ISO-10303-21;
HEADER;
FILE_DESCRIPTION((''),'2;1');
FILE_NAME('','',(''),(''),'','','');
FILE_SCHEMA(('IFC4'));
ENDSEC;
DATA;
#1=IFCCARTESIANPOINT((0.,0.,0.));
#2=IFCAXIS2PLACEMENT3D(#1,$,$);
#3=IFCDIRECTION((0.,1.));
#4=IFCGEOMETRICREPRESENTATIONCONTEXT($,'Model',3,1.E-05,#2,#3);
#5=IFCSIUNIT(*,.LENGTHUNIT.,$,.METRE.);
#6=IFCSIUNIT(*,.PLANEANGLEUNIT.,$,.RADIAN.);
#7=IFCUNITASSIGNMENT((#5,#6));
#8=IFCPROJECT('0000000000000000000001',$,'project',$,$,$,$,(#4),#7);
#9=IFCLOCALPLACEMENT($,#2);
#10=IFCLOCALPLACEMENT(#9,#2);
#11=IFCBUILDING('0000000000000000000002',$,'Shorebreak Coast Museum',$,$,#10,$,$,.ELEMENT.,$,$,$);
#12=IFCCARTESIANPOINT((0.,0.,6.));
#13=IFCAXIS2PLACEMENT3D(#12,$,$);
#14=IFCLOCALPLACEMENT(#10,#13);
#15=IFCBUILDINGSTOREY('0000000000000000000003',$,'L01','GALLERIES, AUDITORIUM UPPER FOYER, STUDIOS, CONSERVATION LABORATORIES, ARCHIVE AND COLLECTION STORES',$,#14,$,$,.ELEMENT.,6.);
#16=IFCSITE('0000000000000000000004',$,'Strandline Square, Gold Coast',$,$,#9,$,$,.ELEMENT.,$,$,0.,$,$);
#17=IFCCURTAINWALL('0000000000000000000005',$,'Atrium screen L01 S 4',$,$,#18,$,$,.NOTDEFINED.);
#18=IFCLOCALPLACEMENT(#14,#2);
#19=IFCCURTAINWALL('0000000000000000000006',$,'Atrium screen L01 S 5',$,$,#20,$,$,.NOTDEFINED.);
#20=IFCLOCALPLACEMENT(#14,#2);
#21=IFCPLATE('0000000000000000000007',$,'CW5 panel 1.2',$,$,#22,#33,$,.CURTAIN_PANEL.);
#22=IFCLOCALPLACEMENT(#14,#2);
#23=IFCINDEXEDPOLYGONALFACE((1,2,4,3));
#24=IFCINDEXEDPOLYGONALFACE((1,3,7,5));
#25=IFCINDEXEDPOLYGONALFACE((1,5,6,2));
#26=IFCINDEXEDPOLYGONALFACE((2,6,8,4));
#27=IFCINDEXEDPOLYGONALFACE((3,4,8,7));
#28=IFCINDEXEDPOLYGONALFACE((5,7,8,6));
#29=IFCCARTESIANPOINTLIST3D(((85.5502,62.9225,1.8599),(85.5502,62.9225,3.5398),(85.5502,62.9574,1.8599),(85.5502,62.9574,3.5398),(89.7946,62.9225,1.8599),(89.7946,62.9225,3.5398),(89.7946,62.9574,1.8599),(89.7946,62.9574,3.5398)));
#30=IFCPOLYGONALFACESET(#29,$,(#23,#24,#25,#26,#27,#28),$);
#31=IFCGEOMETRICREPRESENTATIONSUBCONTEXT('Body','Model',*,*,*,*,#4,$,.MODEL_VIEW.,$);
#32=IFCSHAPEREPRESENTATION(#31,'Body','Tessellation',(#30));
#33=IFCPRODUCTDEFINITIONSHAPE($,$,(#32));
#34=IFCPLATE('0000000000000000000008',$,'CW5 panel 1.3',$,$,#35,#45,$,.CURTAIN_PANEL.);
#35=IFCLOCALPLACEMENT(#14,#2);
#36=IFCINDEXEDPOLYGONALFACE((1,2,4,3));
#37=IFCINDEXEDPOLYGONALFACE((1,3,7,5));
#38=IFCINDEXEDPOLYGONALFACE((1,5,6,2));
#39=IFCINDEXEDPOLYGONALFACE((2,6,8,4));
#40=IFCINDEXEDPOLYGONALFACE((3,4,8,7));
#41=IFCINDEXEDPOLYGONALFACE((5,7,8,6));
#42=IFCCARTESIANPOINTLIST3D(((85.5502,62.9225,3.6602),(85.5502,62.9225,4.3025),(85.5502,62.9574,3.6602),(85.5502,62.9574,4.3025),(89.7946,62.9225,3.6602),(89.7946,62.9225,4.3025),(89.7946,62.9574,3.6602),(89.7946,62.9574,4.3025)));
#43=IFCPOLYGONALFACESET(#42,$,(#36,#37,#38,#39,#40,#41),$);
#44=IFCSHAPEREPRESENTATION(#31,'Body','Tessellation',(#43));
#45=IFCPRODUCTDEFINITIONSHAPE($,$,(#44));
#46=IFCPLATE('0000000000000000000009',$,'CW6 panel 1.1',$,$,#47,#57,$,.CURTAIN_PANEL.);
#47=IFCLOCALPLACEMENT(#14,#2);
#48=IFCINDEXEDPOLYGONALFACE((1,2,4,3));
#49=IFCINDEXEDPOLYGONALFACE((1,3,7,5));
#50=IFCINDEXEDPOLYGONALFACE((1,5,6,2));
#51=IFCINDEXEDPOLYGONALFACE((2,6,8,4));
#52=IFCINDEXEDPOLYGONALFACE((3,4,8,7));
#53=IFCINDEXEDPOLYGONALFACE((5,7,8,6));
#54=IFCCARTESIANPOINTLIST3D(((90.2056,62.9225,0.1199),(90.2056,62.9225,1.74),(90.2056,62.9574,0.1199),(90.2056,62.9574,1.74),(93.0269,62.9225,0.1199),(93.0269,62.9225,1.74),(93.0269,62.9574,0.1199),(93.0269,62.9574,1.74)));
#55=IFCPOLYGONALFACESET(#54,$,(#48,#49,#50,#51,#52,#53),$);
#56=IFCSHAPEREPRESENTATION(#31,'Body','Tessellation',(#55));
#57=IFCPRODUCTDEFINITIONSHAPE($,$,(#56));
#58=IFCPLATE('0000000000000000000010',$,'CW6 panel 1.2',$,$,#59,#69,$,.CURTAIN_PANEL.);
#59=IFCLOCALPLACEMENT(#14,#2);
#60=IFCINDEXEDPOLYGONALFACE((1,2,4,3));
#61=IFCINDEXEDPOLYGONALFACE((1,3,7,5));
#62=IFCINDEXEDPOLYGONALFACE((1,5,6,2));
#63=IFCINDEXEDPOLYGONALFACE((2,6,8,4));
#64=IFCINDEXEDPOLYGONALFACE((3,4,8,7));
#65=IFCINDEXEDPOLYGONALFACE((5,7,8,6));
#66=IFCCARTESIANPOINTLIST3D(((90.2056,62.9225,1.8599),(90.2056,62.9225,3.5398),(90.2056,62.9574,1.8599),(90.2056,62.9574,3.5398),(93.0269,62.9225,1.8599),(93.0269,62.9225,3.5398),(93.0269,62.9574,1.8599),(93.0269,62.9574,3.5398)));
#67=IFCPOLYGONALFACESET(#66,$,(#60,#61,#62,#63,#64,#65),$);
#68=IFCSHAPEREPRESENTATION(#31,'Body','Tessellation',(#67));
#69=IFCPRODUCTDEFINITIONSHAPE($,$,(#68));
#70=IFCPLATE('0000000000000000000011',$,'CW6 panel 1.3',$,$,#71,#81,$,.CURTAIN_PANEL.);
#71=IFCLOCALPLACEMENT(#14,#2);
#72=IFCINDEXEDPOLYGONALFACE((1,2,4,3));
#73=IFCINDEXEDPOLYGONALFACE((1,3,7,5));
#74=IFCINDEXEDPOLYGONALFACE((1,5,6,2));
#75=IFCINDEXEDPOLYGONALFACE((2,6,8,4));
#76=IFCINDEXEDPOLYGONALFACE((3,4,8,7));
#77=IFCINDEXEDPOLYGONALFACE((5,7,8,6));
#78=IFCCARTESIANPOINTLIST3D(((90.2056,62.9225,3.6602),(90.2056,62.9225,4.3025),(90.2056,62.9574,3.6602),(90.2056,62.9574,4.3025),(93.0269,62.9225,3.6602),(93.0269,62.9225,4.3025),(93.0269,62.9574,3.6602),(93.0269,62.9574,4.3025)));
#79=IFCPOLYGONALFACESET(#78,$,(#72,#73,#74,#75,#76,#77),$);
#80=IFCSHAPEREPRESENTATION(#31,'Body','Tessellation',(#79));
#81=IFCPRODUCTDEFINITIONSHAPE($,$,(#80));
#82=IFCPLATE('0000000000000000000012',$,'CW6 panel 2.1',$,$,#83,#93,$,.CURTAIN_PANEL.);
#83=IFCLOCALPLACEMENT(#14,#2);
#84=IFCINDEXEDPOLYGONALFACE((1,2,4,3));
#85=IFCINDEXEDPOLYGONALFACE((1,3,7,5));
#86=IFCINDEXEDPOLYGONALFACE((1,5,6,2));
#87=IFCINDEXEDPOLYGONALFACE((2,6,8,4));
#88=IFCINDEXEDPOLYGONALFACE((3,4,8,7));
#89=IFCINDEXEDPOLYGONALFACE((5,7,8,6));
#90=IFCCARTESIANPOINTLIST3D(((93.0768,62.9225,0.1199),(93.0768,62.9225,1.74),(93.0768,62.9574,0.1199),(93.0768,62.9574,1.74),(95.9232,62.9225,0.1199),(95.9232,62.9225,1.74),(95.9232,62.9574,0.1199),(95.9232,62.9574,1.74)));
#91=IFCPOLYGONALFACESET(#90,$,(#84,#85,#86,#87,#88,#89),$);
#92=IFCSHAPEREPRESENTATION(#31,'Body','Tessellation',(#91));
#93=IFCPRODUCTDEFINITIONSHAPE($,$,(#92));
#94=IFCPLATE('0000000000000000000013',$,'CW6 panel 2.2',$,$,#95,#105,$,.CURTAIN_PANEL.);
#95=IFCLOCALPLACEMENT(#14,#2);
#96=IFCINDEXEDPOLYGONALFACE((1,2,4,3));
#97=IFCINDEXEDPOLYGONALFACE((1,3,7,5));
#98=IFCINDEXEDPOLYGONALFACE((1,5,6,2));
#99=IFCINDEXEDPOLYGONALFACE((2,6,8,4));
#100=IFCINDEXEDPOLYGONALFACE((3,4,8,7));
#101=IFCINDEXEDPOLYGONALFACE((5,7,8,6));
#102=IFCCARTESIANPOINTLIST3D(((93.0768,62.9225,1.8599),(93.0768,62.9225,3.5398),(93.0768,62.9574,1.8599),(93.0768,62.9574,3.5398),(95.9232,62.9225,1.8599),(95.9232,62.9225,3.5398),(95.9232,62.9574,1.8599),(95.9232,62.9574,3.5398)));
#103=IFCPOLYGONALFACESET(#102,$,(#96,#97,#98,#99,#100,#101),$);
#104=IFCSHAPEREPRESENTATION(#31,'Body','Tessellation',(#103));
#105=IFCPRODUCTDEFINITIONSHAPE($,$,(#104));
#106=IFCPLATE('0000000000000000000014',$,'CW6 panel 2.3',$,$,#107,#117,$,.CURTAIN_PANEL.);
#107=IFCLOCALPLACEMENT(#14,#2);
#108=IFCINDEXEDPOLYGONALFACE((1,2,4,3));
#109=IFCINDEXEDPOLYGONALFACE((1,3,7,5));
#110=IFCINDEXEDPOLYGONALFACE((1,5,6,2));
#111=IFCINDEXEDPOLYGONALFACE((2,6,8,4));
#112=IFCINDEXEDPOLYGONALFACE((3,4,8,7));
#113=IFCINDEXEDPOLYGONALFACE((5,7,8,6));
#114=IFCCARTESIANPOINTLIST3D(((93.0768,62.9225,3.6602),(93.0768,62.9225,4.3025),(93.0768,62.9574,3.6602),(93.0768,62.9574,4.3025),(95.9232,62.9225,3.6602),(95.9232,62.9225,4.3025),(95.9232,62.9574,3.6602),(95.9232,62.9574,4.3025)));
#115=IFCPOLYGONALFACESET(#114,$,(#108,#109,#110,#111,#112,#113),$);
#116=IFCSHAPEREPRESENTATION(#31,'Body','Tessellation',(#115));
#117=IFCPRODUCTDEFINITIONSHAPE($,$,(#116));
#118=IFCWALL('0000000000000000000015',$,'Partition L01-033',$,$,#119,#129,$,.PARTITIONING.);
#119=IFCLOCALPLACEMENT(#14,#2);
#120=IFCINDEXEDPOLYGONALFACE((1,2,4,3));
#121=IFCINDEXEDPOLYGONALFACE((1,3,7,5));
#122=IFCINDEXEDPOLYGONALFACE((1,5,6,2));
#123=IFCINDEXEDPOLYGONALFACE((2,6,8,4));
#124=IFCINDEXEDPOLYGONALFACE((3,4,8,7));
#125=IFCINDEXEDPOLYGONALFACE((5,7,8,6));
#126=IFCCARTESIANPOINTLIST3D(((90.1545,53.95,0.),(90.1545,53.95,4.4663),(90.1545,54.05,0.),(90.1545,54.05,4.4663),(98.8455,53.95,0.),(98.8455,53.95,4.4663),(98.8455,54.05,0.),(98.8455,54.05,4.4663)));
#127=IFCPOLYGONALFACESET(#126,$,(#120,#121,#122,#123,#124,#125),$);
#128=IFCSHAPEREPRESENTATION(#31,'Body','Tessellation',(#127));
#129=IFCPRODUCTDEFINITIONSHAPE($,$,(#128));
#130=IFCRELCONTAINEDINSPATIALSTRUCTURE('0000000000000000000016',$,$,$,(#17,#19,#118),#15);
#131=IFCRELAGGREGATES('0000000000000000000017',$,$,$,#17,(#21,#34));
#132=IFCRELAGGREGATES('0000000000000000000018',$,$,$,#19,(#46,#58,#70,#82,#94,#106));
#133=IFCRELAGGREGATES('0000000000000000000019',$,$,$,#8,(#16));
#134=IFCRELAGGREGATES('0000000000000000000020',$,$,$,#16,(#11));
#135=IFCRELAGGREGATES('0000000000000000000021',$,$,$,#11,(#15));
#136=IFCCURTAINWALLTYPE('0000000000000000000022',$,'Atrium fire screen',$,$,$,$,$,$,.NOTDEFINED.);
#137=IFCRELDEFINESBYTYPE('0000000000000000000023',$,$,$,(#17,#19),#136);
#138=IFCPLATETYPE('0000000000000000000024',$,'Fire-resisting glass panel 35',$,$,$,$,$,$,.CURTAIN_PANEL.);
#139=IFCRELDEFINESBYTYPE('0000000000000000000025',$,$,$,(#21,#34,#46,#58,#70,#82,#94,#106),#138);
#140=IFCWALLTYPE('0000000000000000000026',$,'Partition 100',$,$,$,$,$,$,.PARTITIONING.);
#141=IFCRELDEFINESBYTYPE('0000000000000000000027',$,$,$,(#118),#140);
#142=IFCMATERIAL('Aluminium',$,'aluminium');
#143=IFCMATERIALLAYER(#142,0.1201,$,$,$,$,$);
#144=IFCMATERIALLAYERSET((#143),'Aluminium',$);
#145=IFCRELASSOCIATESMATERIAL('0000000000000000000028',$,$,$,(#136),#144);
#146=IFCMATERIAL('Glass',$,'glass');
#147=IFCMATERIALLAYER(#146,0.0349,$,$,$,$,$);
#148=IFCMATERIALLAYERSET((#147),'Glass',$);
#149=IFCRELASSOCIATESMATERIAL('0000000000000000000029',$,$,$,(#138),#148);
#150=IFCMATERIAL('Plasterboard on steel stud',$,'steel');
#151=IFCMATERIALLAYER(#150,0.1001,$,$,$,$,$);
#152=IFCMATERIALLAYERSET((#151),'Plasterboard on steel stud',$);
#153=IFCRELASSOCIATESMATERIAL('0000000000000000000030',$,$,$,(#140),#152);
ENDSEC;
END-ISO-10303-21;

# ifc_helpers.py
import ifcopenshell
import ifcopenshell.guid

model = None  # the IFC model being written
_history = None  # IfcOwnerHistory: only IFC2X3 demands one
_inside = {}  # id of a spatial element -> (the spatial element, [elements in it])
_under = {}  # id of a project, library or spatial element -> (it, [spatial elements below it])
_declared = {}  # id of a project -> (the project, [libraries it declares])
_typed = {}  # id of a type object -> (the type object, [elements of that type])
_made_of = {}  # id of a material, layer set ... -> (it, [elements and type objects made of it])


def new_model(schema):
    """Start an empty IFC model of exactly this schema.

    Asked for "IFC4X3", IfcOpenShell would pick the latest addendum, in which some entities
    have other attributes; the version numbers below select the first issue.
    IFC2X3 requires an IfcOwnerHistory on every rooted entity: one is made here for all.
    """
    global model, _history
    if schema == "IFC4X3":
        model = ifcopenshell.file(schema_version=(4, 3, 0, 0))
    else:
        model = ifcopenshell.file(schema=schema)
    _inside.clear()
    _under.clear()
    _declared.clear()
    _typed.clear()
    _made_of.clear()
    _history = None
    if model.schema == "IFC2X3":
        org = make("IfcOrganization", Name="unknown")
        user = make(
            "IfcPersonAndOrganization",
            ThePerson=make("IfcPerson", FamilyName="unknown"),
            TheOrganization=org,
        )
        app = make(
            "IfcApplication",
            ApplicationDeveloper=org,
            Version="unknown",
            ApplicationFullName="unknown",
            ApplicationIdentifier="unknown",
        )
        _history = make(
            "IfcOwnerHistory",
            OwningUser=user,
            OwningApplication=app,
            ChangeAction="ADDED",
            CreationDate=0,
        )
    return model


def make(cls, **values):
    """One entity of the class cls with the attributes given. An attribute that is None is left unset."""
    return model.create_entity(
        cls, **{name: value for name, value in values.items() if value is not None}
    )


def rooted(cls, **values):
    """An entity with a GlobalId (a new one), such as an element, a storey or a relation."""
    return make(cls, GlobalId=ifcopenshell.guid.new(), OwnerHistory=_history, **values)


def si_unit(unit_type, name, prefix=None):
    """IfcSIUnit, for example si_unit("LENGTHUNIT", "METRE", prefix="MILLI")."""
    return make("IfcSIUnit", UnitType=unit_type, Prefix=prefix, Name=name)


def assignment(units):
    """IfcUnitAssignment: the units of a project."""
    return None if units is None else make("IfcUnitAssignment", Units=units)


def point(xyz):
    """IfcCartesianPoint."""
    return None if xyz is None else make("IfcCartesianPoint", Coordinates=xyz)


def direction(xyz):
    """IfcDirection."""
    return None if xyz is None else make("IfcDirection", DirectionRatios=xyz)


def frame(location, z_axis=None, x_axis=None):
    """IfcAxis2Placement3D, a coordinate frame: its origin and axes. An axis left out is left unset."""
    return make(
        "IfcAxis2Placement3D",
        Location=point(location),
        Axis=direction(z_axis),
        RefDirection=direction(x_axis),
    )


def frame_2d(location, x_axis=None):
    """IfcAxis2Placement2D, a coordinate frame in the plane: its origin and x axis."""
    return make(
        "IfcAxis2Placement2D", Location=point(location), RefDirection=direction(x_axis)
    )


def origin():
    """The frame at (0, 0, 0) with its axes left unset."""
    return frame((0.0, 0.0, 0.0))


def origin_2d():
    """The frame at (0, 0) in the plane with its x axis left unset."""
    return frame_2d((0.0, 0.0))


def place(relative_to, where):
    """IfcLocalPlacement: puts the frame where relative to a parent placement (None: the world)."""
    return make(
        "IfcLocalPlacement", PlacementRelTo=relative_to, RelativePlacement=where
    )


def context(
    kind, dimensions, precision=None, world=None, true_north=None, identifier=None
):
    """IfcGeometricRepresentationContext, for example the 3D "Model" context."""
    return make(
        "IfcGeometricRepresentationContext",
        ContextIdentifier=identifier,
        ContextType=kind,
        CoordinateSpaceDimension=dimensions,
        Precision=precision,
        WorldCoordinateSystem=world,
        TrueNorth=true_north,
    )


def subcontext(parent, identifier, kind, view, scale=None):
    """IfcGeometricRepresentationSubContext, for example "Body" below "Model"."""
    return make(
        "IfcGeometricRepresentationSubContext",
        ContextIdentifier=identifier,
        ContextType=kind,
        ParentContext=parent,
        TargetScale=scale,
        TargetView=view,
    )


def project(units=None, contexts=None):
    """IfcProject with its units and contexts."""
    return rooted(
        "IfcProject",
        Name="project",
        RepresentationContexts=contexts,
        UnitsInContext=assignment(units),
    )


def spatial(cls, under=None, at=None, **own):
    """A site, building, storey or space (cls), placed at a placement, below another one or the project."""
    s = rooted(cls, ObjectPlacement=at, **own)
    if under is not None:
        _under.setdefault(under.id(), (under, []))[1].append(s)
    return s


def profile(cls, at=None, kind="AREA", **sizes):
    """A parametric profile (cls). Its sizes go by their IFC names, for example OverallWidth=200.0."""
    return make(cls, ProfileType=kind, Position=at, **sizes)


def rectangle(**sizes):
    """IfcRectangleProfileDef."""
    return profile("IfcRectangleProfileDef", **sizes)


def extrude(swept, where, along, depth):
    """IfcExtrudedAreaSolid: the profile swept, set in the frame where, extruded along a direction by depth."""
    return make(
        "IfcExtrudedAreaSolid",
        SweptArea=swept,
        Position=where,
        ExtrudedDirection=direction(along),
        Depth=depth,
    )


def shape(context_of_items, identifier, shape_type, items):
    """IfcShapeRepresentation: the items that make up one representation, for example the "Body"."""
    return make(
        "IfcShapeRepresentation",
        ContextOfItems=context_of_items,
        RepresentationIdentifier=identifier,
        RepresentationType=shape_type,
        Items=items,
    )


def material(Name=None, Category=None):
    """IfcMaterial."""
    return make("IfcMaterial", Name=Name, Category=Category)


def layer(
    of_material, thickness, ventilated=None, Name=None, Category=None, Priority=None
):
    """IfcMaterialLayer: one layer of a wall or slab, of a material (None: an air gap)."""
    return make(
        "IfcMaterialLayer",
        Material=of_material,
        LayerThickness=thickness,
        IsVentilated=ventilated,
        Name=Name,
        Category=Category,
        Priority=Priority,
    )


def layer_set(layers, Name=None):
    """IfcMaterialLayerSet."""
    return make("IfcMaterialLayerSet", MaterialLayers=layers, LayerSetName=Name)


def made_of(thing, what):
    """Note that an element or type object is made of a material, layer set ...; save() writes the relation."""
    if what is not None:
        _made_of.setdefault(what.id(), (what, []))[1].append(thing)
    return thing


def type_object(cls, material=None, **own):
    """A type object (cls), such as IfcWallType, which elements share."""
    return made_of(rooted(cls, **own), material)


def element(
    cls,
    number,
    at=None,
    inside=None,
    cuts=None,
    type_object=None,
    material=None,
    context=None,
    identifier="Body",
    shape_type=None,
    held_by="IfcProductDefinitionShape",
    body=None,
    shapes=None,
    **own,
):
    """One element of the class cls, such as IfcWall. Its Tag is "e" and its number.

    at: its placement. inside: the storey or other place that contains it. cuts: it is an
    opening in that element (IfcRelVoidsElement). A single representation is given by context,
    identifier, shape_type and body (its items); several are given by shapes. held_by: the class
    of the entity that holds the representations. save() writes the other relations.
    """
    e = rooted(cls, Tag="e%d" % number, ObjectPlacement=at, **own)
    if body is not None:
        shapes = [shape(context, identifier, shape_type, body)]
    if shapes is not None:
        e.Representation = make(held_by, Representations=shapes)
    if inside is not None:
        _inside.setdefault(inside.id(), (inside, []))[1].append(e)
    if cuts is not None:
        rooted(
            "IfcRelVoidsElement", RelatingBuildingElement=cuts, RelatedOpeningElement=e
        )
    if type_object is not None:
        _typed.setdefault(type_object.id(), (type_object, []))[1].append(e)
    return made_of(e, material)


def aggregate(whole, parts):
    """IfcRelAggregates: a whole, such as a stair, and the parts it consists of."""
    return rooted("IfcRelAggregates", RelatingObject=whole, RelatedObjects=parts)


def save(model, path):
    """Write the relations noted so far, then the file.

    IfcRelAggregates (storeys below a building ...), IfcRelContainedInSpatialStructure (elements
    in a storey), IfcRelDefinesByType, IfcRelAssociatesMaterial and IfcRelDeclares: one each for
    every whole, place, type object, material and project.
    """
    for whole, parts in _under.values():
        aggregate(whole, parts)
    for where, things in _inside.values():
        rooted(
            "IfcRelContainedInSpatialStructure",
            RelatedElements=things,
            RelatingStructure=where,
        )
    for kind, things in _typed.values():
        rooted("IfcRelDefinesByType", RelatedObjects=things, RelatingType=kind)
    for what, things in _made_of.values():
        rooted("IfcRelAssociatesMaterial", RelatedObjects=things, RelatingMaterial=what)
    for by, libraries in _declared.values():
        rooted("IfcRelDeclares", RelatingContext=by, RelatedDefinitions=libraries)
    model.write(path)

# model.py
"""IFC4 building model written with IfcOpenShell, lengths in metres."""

from ifc_helpers import new_model, si_unit, direction, frame, frame_2d, origin, origin_2d, place, context, subcontext, project, spatial, rectangle, extrude, material, layer, layer_set, type_object, element, aggregate, save


model = new_model("IFC4")

# Units and contexts
model_context = context("Model", 3, precision=1e-05, world=origin(), true_north=direction((0.0, 1.0)))
body_context = subcontext(model_context, "Body", "Model", "MODEL_VIEW")
ifc_project = project(units=[si_unit("LENGTHUNIT", "METRE"), si_unit("PLANEANGLEUNIT", "RADIAN")], contexts=[model_context])

# Site, building, storey
site_placement = place(None, origin())
site = spatial("IfcSite", under=ifc_project, at=site_placement, Name="Strandline Square, Gold Coast", CompositionType="ELEMENT", RefElevation=0.0)
building_placement = place(site_placement, origin())
building = spatial("IfcBuilding", under=site, at=building_placement, Name="Shorebreak Coast Museum", CompositionType="ELEMENT")
storey_placement = place(building_placement, frame((0.0, 0.0, 6.0)))
storey = spatial("IfcBuildingStorey", under=building, at=storey_placement, Name="L01", Description="GALLERIES, AUDITORIUM UPPER FOYER, STUDIOS, CONSERVATION LABORATORIES, ARCHIVE AND COLLECTION STORES", CompositionType="ELEMENT", Elevation=6.0)

# Curtain walls
ifc_material_1 = material(Name="Aluminium", Category="aluminium")
ifc_layer_1 = layer(ifc_material_1, 0.1201)
ifc_layer_set_1 = layer_set([ifc_layer_1], Name="Aluminium")
curtain_wall_type = type_object("IfcCurtainWallType", Name="Atrium fire screen", PredefinedType="NOTDEFINED", material=ifc_layer_set_1)
curtain_wall_1_placement = place(storey_placement, origin())
curtain_wall_1 = element("IfcCurtainWall", 1, at=curtain_wall_1_placement, inside=storey, type_object=curtain_wall_type, Name="Atrium screen L01 S 4", PredefinedType="NOTDEFINED")
curtain_wall_2_placement = place(storey_placement, origin())
curtain_wall_2 = element("IfcCurtainWall", 2, at=curtain_wall_2_placement, inside=storey, type_object=curtain_wall_type, Name="Atrium screen L01 S 5", PredefinedType="NOTDEFINED")

# Plates
ifc_material_2 = material(Name="Glass", Category="glass")
ifc_layer_2 = layer(ifc_material_2, 0.0349)
ifc_layer_set_2 = layer_set([ifc_layer_2], Name="Glass")
plate_type = type_object("IfcPlateType", Name="Fire-resisting glass panel 35", PredefinedType="CURTAIN_PANEL", material=ifc_layer_set_2)
plate_1_placement = place(storey_placement, frame((87.6724, 62.9399, 1.8599), z_axis=(0.0, 0.0, 1.0), x_axis=(1.0, 0.0, 0.0)))
plate_1 = element("IfcPlate", 3, at=plate_1_placement, type_object=plate_type, Name="CW5 panel 1.2", PredefinedType="CURTAIN_PANEL", context=body_context, shape_type="SweptSolid", body=[
    extrude(rectangle(XDim=4.2444, YDim=0.0349, at=origin_2d()), origin(), (0.0, 0.0, 1.0), 1.6799),
])
plate_2_placement = place(storey_placement, frame((87.6724, 62.9399, 3.6602), z_axis=(0.0, 0.0, 1.0), x_axis=(1.0, 0.0, 0.0)))
plate_2 = element("IfcPlate", 4, at=plate_2_placement, type_object=plate_type, Name="CW5 panel 1.3", PredefinedType="CURTAIN_PANEL", context=body_context, shape_type="SweptSolid", body=[
    extrude(rectangle(XDim=4.2444, YDim=0.0349, at=origin_2d()), origin(), (0.0, 0.0, 1.0), 0.6423),
])
aggregate(curtain_wall_1, [plate_1, plate_2])
plate_3_placement = place(storey_placement, frame((91.6162, 62.9399, 0.1199), z_axis=(0.0, 0.0, 1.0), x_axis=(1.0, 0.0, 0.0)))
plate_3 = element("IfcPlate", 5, at=plate_3_placement, type_object=plate_type, Name="CW6 panel 1.1", PredefinedType="CURTAIN_PANEL", context=body_context, shape_type="SweptSolid", body=[
    extrude(rectangle(XDim=2.8213, YDim=0.0349, at=origin_2d()), origin(), (0.0, 0.0, 1.0), 1.6201),
])
plate_4_placement = place(storey_placement, frame((91.6162, 62.9399, 1.8599), z_axis=(0.0, 0.0, 1.0), x_axis=(1.0, 0.0, 0.0)))
plate_4 = element("IfcPlate", 6, at=plate_4_placement, type_object=plate_type, Name="CW6 panel 1.2", PredefinedType="CURTAIN_PANEL", context=body_context, shape_type="SweptSolid", body=[
    extrude(rectangle(XDim=2.8213, YDim=0.0349, at=origin_2d()), origin(), (0.0, 0.0, 1.0), 1.6799),
])
plate_5_placement = place(storey_placement, frame((91.6162, 62.9399, 3.6602), z_axis=(0.0, 0.0, 1.0), x_axis=(1.0, 0.0, 0.0)))
plate_5 = element("IfcPlate", 7, at=plate_5_placement, type_object=plate_type, Name="CW6 panel 1.3", PredefinedType="CURTAIN_PANEL", context=body_context, shape_type="SweptSolid", body=[
    extrude(rectangle(XDim=2.8213, YDim=0.0349, at=origin_2d()), origin(), (0.0, 0.0, 1.0), 0.6423),
])
plate_6_placement = place(storey_placement, frame((94.5, 62.9399, 0.1199), z_axis=(0.0, 0.0, 1.0), x_axis=(1.0, 0.0, 0.0)))
plate_6 = element("IfcPlate", 8, at=plate_6_placement, type_object=plate_type, Name="CW6 panel 2.1", PredefinedType="CURTAIN_PANEL", context=body_context, shape_type="SweptSolid", body=[
    extrude(rectangle(XDim=2.8464, YDim=0.0349, at=origin_2d()), origin(), (0.0, 0.0, 1.0), 1.6201),
])
plate_7_placement = place(storey_placement, frame((94.5, 62.9399, 1.8599), z_axis=(0.0, 0.0, 1.0), x_axis=(1.0, 0.0, 0.0)))
plate_7 = element("IfcPlate", 9, at=plate_7_placement, type_object=plate_type, Name="CW6 panel 2.2", PredefinedType="CURTAIN_PANEL", context=body_context, shape_type="SweptSolid", body=[
    extrude(rectangle(XDim=2.8464, YDim=0.0349, at=origin_2d()), origin(), (0.0, 0.0, 1.0), 1.6799),
])
plate_8_placement = place(storey_placement, frame((94.5, 62.9399, 3.6602), z_axis=(0.0, 0.0, 1.0), x_axis=(1.0, 0.0, 0.0)))
plate_8 = element("IfcPlate", 10, at=plate_8_placement, type_object=plate_type, Name="CW6 panel 2.3", PredefinedType="CURTAIN_PANEL", context=body_context, shape_type="SweptSolid", body=[
    extrude(rectangle(XDim=2.8464, YDim=0.0349, at=origin_2d()), origin(), (0.0, 0.0, 1.0), 0.6423),
])
aggregate(curtain_wall_2, [plate_3, plate_4, plate_5, plate_6, plate_7, plate_8])

# Wall
ifc_material_3 = material(Name="Plasterboard on steel stud", Category="steel")
ifc_layer_3 = layer(ifc_material_3, 0.1001)
ifc_layer_set_3 = layer_set([ifc_layer_3], Name="Plasterboard on steel stud")
wall_type = type_object("IfcWallType", Name="Partition 100", PredefinedType="PARTITIONING", material=ifc_layer_set_3)
wall_placement = place(storey_placement, frame((90.1545, 54.0, 0.0), z_axis=(0.0, 0.0, 1.0), x_axis=(1.0, 0.0, 0.0)))
element("IfcWall", 11, at=wall_placement, inside=storey, type_object=wall_type, Name="Partition L01-033", PredefinedType="PARTITIONING", context=body_context, shape_type="SweptSolid", body=[
    extrude(rectangle(XDim=8.6909, YDim=0.1001, at=frame_2d((4.3455, 0.0))), origin(), (0.0, 0.0, 1.0), 4.4663),
])

save(model, "model.ifc")
